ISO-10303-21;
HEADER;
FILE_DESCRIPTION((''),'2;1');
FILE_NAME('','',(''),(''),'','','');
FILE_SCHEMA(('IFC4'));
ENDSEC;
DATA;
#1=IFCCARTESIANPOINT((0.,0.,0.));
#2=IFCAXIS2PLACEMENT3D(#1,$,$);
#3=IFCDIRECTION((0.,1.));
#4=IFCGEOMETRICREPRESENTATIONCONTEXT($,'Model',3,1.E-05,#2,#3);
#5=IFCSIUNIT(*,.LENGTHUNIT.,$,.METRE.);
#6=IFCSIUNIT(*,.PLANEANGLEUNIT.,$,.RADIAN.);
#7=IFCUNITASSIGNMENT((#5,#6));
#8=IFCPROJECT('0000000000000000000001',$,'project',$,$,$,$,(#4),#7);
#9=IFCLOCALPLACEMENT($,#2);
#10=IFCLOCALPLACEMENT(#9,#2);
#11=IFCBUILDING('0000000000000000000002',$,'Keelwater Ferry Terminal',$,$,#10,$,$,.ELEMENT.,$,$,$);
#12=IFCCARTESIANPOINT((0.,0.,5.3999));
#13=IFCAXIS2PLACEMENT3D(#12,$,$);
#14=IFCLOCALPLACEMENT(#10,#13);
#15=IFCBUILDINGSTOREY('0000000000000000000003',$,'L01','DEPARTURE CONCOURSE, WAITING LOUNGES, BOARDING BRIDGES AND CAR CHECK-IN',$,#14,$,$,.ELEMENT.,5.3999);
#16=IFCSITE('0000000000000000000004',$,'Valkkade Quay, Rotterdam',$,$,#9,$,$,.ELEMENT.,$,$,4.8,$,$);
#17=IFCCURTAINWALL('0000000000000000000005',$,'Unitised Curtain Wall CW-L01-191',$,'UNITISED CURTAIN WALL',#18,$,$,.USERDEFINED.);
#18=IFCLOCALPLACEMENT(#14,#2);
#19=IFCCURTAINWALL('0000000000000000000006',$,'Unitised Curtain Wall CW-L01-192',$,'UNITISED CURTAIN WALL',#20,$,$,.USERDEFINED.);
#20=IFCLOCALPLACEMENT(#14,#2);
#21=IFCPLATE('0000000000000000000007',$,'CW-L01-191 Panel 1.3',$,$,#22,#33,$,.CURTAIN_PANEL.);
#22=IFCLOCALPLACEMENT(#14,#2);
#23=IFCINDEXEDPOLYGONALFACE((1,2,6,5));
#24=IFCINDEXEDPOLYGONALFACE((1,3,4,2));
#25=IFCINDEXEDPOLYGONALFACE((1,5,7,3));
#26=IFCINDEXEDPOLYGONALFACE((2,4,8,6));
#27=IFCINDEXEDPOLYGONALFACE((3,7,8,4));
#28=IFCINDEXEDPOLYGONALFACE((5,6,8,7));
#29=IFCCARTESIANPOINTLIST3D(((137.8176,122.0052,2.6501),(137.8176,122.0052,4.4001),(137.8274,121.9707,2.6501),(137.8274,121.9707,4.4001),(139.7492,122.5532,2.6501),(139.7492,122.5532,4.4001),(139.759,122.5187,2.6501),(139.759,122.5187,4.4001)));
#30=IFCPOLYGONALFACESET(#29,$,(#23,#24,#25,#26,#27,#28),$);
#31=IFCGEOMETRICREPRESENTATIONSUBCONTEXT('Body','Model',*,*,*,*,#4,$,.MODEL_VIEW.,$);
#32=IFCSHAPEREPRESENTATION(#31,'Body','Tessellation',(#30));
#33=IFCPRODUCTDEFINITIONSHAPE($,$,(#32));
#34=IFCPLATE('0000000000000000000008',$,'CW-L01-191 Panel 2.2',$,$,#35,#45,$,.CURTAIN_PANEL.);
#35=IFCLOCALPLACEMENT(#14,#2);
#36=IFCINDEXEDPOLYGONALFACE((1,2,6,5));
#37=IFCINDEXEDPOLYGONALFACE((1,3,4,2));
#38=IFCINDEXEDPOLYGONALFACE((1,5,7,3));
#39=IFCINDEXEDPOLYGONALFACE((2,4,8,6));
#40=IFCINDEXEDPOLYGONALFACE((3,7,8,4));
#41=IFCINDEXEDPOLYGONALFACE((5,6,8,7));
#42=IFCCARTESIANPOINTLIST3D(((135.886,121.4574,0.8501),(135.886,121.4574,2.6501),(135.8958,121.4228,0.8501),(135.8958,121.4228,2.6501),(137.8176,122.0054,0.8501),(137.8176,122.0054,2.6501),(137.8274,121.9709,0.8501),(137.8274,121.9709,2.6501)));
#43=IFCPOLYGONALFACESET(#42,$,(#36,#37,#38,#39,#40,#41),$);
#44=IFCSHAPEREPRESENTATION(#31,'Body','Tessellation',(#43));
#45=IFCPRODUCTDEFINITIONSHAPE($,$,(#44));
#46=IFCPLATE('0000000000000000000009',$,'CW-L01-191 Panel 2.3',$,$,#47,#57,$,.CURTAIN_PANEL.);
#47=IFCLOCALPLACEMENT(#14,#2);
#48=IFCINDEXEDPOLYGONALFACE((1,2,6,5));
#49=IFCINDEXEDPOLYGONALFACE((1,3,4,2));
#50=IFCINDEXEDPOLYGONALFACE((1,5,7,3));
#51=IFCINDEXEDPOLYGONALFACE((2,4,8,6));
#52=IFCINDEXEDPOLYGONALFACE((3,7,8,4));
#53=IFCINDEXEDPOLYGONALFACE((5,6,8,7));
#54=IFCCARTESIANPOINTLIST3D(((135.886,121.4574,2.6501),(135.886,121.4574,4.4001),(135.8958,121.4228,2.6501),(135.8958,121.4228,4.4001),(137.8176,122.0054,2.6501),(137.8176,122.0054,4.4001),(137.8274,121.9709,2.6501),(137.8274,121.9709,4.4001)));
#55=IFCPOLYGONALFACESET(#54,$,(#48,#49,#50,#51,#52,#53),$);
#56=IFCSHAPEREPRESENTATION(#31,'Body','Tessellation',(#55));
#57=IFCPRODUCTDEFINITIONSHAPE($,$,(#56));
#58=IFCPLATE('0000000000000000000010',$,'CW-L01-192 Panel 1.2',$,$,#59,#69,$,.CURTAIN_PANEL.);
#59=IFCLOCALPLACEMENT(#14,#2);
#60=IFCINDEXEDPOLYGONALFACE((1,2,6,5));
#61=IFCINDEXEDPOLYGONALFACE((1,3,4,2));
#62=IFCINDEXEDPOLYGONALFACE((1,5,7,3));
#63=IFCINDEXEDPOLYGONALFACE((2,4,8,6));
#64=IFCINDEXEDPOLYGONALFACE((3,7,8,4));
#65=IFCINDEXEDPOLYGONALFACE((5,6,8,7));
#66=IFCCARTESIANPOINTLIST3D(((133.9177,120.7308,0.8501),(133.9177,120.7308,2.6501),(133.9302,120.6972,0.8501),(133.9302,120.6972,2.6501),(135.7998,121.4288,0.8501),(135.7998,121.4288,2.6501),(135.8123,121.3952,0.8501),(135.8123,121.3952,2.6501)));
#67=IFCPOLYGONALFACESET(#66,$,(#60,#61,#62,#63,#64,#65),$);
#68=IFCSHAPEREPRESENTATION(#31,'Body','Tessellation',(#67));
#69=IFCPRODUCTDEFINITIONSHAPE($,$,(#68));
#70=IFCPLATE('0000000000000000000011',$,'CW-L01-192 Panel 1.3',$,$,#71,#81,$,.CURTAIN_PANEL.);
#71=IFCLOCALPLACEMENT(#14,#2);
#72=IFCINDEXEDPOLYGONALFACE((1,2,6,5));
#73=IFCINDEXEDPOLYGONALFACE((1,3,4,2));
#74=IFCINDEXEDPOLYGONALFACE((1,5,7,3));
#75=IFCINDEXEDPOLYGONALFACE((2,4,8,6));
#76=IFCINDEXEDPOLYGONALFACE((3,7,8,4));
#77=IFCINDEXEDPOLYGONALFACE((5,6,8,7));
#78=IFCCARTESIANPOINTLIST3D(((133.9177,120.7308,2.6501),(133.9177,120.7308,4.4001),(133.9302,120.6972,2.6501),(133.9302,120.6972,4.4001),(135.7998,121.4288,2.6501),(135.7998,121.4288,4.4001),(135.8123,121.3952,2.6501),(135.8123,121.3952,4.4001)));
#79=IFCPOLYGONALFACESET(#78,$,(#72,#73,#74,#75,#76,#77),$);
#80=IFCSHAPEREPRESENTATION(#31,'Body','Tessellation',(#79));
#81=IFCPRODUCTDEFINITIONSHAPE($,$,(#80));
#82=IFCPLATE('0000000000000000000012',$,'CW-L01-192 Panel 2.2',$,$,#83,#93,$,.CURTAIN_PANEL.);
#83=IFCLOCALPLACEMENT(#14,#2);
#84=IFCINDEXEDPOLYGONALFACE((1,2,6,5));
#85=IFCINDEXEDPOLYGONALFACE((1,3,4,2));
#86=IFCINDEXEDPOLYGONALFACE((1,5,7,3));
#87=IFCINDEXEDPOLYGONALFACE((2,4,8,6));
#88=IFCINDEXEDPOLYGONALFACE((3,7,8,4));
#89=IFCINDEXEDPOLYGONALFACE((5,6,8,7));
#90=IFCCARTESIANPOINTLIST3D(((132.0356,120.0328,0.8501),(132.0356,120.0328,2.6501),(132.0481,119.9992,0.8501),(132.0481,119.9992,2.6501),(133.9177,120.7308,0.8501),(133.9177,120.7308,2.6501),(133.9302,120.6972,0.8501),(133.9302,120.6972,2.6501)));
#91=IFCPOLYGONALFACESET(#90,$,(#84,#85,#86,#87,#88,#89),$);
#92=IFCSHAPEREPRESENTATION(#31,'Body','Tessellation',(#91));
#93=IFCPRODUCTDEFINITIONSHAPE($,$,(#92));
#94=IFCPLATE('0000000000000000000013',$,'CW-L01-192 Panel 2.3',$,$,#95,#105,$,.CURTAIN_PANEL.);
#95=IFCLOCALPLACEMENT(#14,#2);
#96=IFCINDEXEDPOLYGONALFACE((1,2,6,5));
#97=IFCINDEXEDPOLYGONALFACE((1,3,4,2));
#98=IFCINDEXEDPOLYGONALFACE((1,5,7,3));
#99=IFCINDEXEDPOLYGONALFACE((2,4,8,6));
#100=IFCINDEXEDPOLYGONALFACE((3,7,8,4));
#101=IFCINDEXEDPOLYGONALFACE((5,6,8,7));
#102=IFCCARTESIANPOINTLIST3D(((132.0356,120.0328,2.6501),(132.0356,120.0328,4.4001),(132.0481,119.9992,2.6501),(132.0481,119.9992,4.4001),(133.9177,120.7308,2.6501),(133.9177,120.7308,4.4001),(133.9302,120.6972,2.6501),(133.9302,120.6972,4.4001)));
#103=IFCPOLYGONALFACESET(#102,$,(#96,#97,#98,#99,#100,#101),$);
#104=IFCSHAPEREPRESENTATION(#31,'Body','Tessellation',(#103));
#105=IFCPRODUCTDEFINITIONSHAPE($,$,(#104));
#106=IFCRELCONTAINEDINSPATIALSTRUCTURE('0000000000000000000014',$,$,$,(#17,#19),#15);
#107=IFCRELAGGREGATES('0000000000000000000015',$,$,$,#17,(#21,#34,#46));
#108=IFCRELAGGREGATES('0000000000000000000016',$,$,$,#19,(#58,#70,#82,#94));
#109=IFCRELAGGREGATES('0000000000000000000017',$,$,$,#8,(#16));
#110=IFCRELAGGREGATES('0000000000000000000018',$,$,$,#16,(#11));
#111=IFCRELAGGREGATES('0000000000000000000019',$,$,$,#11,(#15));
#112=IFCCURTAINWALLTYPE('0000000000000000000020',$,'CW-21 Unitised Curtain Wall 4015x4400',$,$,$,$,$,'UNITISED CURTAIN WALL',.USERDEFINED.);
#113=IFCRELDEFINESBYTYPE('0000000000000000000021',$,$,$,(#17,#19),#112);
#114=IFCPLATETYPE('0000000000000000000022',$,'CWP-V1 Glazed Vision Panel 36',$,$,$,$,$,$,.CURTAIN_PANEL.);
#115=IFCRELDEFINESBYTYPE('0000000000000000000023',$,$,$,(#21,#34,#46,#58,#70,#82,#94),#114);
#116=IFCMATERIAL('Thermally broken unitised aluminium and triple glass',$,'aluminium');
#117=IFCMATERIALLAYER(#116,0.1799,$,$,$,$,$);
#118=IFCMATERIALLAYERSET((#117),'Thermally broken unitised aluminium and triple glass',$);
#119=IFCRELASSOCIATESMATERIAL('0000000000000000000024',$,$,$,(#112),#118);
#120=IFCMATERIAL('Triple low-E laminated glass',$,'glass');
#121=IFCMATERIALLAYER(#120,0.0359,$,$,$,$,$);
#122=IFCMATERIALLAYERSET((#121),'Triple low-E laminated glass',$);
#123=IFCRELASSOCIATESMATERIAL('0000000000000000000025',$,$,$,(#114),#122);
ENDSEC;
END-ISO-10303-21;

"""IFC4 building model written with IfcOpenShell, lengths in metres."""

from ifc_helpers import new_model, si_unit, direction, frame, origin, origin_2d, place, context, subcontext, project, spatial, rectangle, extrude, material, layer, layer_set, type_object, element, aggregate, save


model = new_model("IFC4")

# Units and contexts
model_context = context("Model", 3, precision=1e-05, world=origin(), true_north=direction((0.0, 1.0)))
body_context = subcontext(model_context, "Body", "Model", "MODEL_VIEW")
ifc_project = project(units=[si_unit("LENGTHUNIT", "METRE"), si_unit("PLANEANGLEUNIT", "RADIAN")], contexts=[model_context])

# Site, building, storey
site_placement = place(None, origin())
site = spatial("IfcSite", under=ifc_project, at=site_placement, Name="Valkkade Quay, Rotterdam", CompositionType="ELEMENT", RefElevation=4.8)
building_placement = place(site_placement, origin())
building = spatial("IfcBuilding", under=site, at=building_placement, Name="Keelwater Ferry Terminal", CompositionType="ELEMENT")
storey_placement = place(building_placement, frame((0.0, 0.0, 5.3999)))
storey = spatial("IfcBuildingStorey", under=building, at=storey_placement, Name="L01", Description="DEPARTURE CONCOURSE, WAITING LOUNGES, BOARDING BRIDGES AND CAR CHECK-IN", CompositionType="ELEMENT", Elevation=5.3999)

# Shared definitions
ifc_material_1 = material(Name="Thermally broken unitised aluminium and triple glass", Category="aluminium")
ifc_layer_1 = layer(ifc_material_1, 0.1799)
ifc_layer_set_1 = layer_set([ifc_layer_1], Name="Thermally broken unitised aluminium and triple glass")
curtain_wall_type = type_object("IfcCurtainWallType", Name="CW-21 Unitised Curtain Wall 4015x4400", ElementType="UNITISED CURTAIN WALL", PredefinedType="USERDEFINED", material=ifc_layer_set_1)

# Curtain walls
curtain_wall_1_placement = place(storey_placement, origin())
curtain_wall_1 = element("IfcCurtainWall", 1, at=curtain_wall_1_placement, inside=storey, type_object=curtain_wall_type, Name="Unitised Curtain Wall CW-L01-191", ObjectType="UNITISED CURTAIN WALL", PredefinedType="USERDEFINED")
curtain_wall_2_placement = place(storey_placement, origin())
curtain_wall_2 = element("IfcCurtainWall", 2, at=curtain_wall_2_placement, inside=storey, type_object=curtain_wall_type, Name="Unitised Curtain Wall CW-L01-192", ObjectType="UNITISED CURTAIN WALL", PredefinedType="USERDEFINED")

# Plates
ifc_material_2 = material(Name="Triple low-E laminated glass", Category="glass")
ifc_layer_2 = layer(ifc_material_2, 0.0359)
ifc_layer_set_2 = layer_set([ifc_layer_2], Name="Triple low-E laminated glass")
plate_type_1 = type_object("IfcPlateType", Name="CWP-V1 Glazed Vision Panel 36", PredefinedType="CURTAIN_PANEL", material=ifc_layer_set_2)
plate_1_placement = place(storey_placement, frame((138.7883, 122.262, 2.6501), z_axis=(0.0, 0.0, 1.0), x_axis=(-0.96203, -0.272945, 0.0)))
plate_1 = element("IfcPlate", 3, at=plate_1_placement, type_object=plate_type_1, Name="CW-L01-191 Panel 1.3", PredefinedType="CURTAIN_PANEL", context=body_context, shape_type="SweptSolid", body=[
    extrude(rectangle(XDim=2.0078, YDim=0.0359, at=origin_2d()), origin(), (0.0, 0.0, 1.0), 1.75),
])
plate_2_placement = place(storey_placement, frame((136.8567, 121.7141, 0.8501), z_axis=(0.0, 0.0, 1.0), x_axis=(-0.96203, -0.272945, 0.0)))
plate_2 = element("IfcPlate", 4, at=plate_2_placement, type_object=plate_type_1, Name="CW-L01-191 Panel 2.2", PredefinedType="CURTAIN_PANEL", context=body_context, shape_type="SweptSolid", body=[
    extrude(rectangle(XDim=2.0078, YDim=0.0359, at=origin_2d()), origin(), (0.0, 0.0, 1.0), 1.8),
])
plate_3_placement = place(storey_placement, frame((136.8567, 121.7141, 2.6501), z_axis=(0.0, 0.0, 1.0), x_axis=(-0.96203, -0.272945, 0.0)))
plate_3 = element("IfcPlate", 5, at=plate_3_placement, type_object=plate_type_1, Name="CW-L01-191 Panel 2.3", PredefinedType="CURTAIN_PANEL", context=body_context, shape_type="SweptSolid", body=[
    extrude(rectangle(XDim=2.0078, YDim=0.0359, at=origin_2d()), origin(), (0.0, 0.0, 1.0), 1.75),
])
aggregate(curtain_wall_1, [plate_1, plate_2, plate_3])
plate_4_placement = place(storey_placement, frame((134.865, 121.063, 0.8501), z_axis=(0.0, 0.0, 1.0), x_axis=(-0.937592, -0.347736, 0.0)))
plate_4 = element("IfcPlate", 6, at=plate_4_placement, type_object=plate_type_1, Name="CW-L01-192 Panel 1.2", PredefinedType="CURTAIN_PANEL", context=body_context, shape_type="SweptSolid", body=[
    extrude(rectangle(XDim=2.0073, YDim=0.0359, at=origin_2d()), origin(), (0.0, 0.0, 1.0), 1.8),
])
plate_5_placement = place(storey_placement, frame((134.865, 121.063, 2.6501), z_axis=(0.0, 0.0, 1.0), x_axis=(-0.937592, -0.347736, 0.0)))
plate_5 = element("IfcPlate", 7, at=plate_5_placement, type_object=plate_type_1, Name="CW-L01-192 Panel 1.3", PredefinedType="CURTAIN_PANEL", context=body_context, shape_type="SweptSolid", body=[
    extrude(rectangle(XDim=2.0073, YDim=0.0359, at=origin_2d()), origin(), (0.0, 0.0, 1.0), 1.75),
])
plate_6_placement = place(storey_placement, frame((132.9829, 120.365, 0.8501), z_axis=(0.0, 0.0, 1.0), x_axis=(-0.937592, -0.347736, 0.0)))
plate_6 = element("IfcPlate", 8, at=plate_6_placement, type_object=plate_type_1, Name="CW-L01-192 Panel 2.2", PredefinedType="CURTAIN_PANEL", context=body_context, shape_type="SweptSolid", body=[
    extrude(rectangle(XDim=2.0073, YDim=0.0359, at=origin_2d()), origin(), (0.0, 0.0, 1.0), 1.8),
])
plate_7_placement = place(storey_placement, frame((132.9829, 120.365, 2.6501), z_axis=(0.0, 0.0, 1.0), x_axis=(-0.937592, -0.347736, 0.0)))
plate_7 = element("IfcPlate", 9, at=plate_7_placement, type_object=plate_type_1, Name="CW-L01-192 Panel 2.3", PredefinedType="CURTAIN_PANEL", context=body_context, shape_type="SweptSolid", body=[
    extrude(rectangle(XDim=2.0073, YDim=0.0359, at=origin_2d()), origin(), (0.0, 0.0, 1.0), 1.75),
])
aggregate(curtain_wall_2, [plate_4, plate_5, plate_6, plate_7])

save(model, "model.ifc")
